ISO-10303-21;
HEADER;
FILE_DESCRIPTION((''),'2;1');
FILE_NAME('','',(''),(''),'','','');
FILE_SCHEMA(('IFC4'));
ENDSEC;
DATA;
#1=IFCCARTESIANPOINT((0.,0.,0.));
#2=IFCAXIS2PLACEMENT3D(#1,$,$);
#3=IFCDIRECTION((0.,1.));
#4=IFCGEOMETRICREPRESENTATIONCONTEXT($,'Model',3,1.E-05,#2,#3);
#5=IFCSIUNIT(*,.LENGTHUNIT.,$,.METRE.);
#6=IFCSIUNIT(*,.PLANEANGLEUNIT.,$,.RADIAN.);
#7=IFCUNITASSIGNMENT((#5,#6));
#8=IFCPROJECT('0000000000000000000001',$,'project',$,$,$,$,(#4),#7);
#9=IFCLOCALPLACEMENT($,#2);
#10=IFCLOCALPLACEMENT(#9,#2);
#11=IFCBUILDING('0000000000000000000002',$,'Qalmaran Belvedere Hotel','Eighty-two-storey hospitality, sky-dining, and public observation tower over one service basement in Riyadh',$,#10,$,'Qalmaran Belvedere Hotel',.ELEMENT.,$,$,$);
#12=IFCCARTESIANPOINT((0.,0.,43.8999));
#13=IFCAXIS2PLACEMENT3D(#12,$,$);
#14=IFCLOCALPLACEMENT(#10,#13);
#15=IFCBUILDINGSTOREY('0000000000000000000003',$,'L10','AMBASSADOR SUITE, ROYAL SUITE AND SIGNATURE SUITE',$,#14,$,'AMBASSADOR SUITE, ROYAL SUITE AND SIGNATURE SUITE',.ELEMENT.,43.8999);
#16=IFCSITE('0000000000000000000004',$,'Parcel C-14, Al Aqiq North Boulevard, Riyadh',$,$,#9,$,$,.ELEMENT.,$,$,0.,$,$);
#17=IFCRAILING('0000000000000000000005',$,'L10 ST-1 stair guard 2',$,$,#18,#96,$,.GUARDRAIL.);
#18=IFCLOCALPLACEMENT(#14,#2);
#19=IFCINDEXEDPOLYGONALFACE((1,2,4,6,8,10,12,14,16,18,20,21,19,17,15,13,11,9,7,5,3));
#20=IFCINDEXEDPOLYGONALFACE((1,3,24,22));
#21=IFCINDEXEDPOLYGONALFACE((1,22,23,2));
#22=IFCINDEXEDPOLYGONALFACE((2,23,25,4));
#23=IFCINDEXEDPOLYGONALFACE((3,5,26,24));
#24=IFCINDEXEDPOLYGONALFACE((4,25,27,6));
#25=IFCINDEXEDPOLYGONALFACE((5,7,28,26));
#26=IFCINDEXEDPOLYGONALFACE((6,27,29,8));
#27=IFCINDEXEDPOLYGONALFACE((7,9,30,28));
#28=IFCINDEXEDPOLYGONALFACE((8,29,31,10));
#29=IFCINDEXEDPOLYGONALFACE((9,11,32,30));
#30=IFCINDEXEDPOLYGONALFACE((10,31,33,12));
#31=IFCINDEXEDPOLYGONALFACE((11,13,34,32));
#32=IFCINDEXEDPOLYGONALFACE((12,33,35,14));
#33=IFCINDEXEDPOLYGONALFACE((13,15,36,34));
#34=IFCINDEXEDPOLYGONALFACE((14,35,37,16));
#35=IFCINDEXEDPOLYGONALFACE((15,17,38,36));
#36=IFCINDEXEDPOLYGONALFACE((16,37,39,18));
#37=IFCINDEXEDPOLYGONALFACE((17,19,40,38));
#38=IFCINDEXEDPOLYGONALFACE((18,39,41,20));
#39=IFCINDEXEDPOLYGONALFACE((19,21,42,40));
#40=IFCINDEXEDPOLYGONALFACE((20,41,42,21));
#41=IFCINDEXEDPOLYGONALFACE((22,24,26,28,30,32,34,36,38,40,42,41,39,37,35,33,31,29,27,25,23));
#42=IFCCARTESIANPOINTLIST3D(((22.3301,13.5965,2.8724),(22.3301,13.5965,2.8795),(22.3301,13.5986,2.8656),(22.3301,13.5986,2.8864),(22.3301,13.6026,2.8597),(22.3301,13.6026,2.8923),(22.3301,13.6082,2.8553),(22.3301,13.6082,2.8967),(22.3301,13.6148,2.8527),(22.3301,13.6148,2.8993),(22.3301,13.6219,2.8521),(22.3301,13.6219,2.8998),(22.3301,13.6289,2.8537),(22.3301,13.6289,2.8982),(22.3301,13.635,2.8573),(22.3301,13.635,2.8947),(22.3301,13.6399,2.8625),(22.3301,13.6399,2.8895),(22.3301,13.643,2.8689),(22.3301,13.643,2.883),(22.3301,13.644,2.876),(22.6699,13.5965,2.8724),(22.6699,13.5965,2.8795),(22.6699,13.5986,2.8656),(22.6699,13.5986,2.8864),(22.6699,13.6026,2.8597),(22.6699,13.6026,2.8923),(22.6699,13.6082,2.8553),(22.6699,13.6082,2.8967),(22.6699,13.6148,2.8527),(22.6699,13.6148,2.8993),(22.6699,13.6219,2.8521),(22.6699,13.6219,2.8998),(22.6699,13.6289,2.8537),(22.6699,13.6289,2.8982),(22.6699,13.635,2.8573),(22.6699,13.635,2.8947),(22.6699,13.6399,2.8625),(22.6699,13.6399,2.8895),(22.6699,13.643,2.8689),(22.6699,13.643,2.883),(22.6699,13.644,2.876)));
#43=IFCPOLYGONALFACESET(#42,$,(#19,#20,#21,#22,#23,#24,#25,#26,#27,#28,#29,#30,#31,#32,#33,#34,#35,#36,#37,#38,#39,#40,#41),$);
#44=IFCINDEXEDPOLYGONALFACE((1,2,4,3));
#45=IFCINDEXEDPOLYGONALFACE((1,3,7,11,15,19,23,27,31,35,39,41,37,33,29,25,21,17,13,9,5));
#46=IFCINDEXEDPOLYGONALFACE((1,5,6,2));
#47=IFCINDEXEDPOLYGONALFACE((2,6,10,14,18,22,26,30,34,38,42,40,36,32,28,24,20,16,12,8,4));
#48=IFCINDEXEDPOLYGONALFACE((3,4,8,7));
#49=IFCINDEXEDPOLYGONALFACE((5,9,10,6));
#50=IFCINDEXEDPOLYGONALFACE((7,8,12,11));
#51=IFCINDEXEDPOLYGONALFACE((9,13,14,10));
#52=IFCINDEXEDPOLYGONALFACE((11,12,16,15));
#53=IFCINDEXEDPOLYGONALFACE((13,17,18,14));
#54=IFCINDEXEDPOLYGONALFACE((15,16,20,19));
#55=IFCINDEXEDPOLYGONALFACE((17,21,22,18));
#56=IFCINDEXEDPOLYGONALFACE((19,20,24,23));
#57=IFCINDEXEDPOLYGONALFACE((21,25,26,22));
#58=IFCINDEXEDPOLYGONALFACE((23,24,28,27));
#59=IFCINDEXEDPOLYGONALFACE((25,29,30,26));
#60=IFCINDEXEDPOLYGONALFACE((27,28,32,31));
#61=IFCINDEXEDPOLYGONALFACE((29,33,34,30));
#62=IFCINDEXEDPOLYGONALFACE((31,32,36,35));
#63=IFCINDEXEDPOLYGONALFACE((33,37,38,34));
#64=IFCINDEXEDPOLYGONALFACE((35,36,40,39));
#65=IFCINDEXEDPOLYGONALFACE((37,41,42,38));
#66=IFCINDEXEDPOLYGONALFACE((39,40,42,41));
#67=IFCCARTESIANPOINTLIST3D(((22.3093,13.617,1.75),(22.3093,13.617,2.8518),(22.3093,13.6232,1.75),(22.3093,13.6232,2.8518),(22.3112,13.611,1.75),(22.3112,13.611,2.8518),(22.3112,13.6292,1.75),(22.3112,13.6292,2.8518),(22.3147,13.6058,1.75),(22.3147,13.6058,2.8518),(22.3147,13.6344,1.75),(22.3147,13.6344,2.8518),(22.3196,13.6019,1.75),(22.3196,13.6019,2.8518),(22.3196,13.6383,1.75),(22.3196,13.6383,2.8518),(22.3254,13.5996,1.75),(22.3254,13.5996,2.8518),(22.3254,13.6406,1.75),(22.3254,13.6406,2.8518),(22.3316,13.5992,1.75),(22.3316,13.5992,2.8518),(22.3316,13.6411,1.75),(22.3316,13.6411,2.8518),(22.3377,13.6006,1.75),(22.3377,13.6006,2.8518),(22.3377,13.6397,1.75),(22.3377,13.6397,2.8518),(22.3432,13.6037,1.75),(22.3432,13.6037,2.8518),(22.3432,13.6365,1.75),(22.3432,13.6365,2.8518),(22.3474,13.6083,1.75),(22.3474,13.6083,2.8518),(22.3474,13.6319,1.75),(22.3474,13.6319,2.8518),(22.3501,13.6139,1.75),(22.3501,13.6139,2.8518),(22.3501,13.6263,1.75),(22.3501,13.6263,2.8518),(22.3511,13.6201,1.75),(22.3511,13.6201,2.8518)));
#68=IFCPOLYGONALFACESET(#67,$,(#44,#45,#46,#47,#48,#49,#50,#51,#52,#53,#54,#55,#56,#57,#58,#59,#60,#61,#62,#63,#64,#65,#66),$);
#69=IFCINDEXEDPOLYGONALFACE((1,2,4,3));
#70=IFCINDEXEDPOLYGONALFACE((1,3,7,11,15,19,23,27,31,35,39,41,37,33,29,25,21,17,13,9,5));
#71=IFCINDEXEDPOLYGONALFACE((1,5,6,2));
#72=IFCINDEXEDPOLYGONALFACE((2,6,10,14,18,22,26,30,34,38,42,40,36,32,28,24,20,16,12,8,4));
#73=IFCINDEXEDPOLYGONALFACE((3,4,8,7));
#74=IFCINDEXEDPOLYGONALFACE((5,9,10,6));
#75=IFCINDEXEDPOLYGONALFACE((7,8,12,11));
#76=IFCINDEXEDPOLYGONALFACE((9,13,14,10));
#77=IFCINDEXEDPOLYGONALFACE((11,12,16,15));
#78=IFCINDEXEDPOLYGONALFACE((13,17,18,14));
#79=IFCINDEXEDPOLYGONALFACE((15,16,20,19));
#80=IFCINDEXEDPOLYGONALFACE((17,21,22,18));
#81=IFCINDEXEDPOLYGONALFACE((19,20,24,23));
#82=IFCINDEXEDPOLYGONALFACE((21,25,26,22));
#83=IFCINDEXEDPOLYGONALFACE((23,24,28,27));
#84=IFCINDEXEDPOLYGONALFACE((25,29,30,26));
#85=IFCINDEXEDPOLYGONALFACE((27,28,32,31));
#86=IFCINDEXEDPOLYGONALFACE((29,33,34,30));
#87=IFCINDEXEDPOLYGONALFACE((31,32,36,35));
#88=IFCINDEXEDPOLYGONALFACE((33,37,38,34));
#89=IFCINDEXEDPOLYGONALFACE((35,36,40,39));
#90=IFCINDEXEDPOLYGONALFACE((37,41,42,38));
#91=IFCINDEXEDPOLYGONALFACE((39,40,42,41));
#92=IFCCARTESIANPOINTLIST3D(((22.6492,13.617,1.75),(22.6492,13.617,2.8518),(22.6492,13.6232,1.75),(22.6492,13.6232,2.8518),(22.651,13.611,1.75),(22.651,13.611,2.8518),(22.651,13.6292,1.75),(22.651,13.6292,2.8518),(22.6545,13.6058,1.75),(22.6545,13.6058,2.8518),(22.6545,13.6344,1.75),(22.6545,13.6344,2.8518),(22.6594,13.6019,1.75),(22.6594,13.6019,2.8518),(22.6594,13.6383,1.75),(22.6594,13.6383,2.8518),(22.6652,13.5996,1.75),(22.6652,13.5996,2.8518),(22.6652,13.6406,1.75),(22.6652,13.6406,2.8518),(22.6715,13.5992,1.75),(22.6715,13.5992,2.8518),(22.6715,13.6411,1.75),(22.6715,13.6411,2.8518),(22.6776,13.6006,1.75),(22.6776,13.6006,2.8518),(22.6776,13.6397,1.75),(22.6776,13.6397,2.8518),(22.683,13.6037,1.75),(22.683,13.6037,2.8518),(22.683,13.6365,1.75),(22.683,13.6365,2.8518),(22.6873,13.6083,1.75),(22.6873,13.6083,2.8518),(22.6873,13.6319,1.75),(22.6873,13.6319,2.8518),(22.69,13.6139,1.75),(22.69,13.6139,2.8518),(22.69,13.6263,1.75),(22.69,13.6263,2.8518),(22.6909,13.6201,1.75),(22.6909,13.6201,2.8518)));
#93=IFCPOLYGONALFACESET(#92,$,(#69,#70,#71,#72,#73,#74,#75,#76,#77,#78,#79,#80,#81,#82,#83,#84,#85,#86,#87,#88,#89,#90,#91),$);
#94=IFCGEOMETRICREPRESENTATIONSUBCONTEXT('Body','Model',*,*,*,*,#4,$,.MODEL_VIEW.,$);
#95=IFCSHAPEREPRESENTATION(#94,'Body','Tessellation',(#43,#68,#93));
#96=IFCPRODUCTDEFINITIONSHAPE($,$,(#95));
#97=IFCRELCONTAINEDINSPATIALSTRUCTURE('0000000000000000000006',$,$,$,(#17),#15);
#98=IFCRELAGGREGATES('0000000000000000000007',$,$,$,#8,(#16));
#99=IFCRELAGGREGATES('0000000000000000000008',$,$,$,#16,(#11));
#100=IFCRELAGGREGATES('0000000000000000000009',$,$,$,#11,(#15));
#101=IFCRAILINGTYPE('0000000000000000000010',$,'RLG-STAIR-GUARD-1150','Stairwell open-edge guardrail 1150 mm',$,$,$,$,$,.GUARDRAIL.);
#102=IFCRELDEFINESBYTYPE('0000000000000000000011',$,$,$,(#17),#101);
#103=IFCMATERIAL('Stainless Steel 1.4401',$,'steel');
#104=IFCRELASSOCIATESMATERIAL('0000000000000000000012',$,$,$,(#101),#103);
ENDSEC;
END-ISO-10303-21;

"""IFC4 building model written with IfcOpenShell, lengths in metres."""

from ifc_helpers import new_model, si_unit, direction, frame, origin, origin_2d, place, context, subcontext, project, spatial, circle, extrude, material, type_object, element, save


model = new_model("IFC4")

# Units and contexts
model_context = context("Model", 3, precision=1e-05, world=origin(), true_north=direction((0.0, 1.0)))
body_context = subcontext(model_context, "Body", "Model", "MODEL_VIEW")
ifc_project = project(units=[si_unit("LENGTHUNIT", "METRE"), si_unit("PLANEANGLEUNIT", "RADIAN")], contexts=[model_context])

# Site, building, storey
site_placement = place(None, origin())
site = spatial("IfcSite", under=ifc_project, at=site_placement, Name="Parcel C-14, Al Aqiq North Boulevard, Riyadh", CompositionType="ELEMENT", RefElevation=0.0)
building_placement = place(site_placement, origin())
building = spatial("IfcBuilding", under=site, at=building_placement, Name="Qalmaran Belvedere Hotel", Description="Eighty-two-storey hospitality, sky-dining, and public observation tower over one service basement in Riyadh", LongName="Qalmaran Belvedere Hotel", CompositionType="ELEMENT")
storey_placement = place(building_placement, frame((0.0, 0.0, 43.8999)))
storey = spatial("IfcBuildingStorey", under=building, at=storey_placement, Name="L10", Description="AMBASSADOR SUITE, ROYAL SUITE AND SIGNATURE SUITE", LongName="AMBASSADOR SUITE, ROYAL SUITE AND SIGNATURE SUITE", CompositionType="ELEMENT", Elevation=43.8999)

# Railing
ifc_material_1 = material(Name="Stainless Steel 1.4401", Category="steel")
railing_type_1 = type_object("IfcRailingType", Name="RLG-STAIR-GUARD-1150", Description="Stairwell open-edge guardrail 1150 mm", PredefinedType="GUARDRAIL", material=ifc_material_1)
railing_1_placement = place(storey_placement, frame((22.3301, 13.6201, 1.75)))
element("IfcRailing", 1, at=railing_1_placement, inside=storey, type_object=railing_type_1, Name="L10 ST-1 stair guard 2", PredefinedType="GUARDRAIL", context=body_context, shape_type="SweptSolid", body=[
    extrude(circle(Radius=0.0239, at=origin_2d()), frame((0.0, 0.0, 1.126), z_axis=(1.0, 0.0, 0.0), x_axis=(0.0, 1.0, 0.0)), (0.0, 0.0, 1.0), 0.3398),
    extrude(circle(Radius=0.021, at=origin_2d()), origin(), (0.0, 0.0, 1.0), 1.1018),
    extrude(circle(Radius=0.021, at=origin_2d()), frame((0.3398, 0.0, 0.0)), (0.0, 0.0, 1.0), 1.1018),
])

save(model, "model.ifc")
